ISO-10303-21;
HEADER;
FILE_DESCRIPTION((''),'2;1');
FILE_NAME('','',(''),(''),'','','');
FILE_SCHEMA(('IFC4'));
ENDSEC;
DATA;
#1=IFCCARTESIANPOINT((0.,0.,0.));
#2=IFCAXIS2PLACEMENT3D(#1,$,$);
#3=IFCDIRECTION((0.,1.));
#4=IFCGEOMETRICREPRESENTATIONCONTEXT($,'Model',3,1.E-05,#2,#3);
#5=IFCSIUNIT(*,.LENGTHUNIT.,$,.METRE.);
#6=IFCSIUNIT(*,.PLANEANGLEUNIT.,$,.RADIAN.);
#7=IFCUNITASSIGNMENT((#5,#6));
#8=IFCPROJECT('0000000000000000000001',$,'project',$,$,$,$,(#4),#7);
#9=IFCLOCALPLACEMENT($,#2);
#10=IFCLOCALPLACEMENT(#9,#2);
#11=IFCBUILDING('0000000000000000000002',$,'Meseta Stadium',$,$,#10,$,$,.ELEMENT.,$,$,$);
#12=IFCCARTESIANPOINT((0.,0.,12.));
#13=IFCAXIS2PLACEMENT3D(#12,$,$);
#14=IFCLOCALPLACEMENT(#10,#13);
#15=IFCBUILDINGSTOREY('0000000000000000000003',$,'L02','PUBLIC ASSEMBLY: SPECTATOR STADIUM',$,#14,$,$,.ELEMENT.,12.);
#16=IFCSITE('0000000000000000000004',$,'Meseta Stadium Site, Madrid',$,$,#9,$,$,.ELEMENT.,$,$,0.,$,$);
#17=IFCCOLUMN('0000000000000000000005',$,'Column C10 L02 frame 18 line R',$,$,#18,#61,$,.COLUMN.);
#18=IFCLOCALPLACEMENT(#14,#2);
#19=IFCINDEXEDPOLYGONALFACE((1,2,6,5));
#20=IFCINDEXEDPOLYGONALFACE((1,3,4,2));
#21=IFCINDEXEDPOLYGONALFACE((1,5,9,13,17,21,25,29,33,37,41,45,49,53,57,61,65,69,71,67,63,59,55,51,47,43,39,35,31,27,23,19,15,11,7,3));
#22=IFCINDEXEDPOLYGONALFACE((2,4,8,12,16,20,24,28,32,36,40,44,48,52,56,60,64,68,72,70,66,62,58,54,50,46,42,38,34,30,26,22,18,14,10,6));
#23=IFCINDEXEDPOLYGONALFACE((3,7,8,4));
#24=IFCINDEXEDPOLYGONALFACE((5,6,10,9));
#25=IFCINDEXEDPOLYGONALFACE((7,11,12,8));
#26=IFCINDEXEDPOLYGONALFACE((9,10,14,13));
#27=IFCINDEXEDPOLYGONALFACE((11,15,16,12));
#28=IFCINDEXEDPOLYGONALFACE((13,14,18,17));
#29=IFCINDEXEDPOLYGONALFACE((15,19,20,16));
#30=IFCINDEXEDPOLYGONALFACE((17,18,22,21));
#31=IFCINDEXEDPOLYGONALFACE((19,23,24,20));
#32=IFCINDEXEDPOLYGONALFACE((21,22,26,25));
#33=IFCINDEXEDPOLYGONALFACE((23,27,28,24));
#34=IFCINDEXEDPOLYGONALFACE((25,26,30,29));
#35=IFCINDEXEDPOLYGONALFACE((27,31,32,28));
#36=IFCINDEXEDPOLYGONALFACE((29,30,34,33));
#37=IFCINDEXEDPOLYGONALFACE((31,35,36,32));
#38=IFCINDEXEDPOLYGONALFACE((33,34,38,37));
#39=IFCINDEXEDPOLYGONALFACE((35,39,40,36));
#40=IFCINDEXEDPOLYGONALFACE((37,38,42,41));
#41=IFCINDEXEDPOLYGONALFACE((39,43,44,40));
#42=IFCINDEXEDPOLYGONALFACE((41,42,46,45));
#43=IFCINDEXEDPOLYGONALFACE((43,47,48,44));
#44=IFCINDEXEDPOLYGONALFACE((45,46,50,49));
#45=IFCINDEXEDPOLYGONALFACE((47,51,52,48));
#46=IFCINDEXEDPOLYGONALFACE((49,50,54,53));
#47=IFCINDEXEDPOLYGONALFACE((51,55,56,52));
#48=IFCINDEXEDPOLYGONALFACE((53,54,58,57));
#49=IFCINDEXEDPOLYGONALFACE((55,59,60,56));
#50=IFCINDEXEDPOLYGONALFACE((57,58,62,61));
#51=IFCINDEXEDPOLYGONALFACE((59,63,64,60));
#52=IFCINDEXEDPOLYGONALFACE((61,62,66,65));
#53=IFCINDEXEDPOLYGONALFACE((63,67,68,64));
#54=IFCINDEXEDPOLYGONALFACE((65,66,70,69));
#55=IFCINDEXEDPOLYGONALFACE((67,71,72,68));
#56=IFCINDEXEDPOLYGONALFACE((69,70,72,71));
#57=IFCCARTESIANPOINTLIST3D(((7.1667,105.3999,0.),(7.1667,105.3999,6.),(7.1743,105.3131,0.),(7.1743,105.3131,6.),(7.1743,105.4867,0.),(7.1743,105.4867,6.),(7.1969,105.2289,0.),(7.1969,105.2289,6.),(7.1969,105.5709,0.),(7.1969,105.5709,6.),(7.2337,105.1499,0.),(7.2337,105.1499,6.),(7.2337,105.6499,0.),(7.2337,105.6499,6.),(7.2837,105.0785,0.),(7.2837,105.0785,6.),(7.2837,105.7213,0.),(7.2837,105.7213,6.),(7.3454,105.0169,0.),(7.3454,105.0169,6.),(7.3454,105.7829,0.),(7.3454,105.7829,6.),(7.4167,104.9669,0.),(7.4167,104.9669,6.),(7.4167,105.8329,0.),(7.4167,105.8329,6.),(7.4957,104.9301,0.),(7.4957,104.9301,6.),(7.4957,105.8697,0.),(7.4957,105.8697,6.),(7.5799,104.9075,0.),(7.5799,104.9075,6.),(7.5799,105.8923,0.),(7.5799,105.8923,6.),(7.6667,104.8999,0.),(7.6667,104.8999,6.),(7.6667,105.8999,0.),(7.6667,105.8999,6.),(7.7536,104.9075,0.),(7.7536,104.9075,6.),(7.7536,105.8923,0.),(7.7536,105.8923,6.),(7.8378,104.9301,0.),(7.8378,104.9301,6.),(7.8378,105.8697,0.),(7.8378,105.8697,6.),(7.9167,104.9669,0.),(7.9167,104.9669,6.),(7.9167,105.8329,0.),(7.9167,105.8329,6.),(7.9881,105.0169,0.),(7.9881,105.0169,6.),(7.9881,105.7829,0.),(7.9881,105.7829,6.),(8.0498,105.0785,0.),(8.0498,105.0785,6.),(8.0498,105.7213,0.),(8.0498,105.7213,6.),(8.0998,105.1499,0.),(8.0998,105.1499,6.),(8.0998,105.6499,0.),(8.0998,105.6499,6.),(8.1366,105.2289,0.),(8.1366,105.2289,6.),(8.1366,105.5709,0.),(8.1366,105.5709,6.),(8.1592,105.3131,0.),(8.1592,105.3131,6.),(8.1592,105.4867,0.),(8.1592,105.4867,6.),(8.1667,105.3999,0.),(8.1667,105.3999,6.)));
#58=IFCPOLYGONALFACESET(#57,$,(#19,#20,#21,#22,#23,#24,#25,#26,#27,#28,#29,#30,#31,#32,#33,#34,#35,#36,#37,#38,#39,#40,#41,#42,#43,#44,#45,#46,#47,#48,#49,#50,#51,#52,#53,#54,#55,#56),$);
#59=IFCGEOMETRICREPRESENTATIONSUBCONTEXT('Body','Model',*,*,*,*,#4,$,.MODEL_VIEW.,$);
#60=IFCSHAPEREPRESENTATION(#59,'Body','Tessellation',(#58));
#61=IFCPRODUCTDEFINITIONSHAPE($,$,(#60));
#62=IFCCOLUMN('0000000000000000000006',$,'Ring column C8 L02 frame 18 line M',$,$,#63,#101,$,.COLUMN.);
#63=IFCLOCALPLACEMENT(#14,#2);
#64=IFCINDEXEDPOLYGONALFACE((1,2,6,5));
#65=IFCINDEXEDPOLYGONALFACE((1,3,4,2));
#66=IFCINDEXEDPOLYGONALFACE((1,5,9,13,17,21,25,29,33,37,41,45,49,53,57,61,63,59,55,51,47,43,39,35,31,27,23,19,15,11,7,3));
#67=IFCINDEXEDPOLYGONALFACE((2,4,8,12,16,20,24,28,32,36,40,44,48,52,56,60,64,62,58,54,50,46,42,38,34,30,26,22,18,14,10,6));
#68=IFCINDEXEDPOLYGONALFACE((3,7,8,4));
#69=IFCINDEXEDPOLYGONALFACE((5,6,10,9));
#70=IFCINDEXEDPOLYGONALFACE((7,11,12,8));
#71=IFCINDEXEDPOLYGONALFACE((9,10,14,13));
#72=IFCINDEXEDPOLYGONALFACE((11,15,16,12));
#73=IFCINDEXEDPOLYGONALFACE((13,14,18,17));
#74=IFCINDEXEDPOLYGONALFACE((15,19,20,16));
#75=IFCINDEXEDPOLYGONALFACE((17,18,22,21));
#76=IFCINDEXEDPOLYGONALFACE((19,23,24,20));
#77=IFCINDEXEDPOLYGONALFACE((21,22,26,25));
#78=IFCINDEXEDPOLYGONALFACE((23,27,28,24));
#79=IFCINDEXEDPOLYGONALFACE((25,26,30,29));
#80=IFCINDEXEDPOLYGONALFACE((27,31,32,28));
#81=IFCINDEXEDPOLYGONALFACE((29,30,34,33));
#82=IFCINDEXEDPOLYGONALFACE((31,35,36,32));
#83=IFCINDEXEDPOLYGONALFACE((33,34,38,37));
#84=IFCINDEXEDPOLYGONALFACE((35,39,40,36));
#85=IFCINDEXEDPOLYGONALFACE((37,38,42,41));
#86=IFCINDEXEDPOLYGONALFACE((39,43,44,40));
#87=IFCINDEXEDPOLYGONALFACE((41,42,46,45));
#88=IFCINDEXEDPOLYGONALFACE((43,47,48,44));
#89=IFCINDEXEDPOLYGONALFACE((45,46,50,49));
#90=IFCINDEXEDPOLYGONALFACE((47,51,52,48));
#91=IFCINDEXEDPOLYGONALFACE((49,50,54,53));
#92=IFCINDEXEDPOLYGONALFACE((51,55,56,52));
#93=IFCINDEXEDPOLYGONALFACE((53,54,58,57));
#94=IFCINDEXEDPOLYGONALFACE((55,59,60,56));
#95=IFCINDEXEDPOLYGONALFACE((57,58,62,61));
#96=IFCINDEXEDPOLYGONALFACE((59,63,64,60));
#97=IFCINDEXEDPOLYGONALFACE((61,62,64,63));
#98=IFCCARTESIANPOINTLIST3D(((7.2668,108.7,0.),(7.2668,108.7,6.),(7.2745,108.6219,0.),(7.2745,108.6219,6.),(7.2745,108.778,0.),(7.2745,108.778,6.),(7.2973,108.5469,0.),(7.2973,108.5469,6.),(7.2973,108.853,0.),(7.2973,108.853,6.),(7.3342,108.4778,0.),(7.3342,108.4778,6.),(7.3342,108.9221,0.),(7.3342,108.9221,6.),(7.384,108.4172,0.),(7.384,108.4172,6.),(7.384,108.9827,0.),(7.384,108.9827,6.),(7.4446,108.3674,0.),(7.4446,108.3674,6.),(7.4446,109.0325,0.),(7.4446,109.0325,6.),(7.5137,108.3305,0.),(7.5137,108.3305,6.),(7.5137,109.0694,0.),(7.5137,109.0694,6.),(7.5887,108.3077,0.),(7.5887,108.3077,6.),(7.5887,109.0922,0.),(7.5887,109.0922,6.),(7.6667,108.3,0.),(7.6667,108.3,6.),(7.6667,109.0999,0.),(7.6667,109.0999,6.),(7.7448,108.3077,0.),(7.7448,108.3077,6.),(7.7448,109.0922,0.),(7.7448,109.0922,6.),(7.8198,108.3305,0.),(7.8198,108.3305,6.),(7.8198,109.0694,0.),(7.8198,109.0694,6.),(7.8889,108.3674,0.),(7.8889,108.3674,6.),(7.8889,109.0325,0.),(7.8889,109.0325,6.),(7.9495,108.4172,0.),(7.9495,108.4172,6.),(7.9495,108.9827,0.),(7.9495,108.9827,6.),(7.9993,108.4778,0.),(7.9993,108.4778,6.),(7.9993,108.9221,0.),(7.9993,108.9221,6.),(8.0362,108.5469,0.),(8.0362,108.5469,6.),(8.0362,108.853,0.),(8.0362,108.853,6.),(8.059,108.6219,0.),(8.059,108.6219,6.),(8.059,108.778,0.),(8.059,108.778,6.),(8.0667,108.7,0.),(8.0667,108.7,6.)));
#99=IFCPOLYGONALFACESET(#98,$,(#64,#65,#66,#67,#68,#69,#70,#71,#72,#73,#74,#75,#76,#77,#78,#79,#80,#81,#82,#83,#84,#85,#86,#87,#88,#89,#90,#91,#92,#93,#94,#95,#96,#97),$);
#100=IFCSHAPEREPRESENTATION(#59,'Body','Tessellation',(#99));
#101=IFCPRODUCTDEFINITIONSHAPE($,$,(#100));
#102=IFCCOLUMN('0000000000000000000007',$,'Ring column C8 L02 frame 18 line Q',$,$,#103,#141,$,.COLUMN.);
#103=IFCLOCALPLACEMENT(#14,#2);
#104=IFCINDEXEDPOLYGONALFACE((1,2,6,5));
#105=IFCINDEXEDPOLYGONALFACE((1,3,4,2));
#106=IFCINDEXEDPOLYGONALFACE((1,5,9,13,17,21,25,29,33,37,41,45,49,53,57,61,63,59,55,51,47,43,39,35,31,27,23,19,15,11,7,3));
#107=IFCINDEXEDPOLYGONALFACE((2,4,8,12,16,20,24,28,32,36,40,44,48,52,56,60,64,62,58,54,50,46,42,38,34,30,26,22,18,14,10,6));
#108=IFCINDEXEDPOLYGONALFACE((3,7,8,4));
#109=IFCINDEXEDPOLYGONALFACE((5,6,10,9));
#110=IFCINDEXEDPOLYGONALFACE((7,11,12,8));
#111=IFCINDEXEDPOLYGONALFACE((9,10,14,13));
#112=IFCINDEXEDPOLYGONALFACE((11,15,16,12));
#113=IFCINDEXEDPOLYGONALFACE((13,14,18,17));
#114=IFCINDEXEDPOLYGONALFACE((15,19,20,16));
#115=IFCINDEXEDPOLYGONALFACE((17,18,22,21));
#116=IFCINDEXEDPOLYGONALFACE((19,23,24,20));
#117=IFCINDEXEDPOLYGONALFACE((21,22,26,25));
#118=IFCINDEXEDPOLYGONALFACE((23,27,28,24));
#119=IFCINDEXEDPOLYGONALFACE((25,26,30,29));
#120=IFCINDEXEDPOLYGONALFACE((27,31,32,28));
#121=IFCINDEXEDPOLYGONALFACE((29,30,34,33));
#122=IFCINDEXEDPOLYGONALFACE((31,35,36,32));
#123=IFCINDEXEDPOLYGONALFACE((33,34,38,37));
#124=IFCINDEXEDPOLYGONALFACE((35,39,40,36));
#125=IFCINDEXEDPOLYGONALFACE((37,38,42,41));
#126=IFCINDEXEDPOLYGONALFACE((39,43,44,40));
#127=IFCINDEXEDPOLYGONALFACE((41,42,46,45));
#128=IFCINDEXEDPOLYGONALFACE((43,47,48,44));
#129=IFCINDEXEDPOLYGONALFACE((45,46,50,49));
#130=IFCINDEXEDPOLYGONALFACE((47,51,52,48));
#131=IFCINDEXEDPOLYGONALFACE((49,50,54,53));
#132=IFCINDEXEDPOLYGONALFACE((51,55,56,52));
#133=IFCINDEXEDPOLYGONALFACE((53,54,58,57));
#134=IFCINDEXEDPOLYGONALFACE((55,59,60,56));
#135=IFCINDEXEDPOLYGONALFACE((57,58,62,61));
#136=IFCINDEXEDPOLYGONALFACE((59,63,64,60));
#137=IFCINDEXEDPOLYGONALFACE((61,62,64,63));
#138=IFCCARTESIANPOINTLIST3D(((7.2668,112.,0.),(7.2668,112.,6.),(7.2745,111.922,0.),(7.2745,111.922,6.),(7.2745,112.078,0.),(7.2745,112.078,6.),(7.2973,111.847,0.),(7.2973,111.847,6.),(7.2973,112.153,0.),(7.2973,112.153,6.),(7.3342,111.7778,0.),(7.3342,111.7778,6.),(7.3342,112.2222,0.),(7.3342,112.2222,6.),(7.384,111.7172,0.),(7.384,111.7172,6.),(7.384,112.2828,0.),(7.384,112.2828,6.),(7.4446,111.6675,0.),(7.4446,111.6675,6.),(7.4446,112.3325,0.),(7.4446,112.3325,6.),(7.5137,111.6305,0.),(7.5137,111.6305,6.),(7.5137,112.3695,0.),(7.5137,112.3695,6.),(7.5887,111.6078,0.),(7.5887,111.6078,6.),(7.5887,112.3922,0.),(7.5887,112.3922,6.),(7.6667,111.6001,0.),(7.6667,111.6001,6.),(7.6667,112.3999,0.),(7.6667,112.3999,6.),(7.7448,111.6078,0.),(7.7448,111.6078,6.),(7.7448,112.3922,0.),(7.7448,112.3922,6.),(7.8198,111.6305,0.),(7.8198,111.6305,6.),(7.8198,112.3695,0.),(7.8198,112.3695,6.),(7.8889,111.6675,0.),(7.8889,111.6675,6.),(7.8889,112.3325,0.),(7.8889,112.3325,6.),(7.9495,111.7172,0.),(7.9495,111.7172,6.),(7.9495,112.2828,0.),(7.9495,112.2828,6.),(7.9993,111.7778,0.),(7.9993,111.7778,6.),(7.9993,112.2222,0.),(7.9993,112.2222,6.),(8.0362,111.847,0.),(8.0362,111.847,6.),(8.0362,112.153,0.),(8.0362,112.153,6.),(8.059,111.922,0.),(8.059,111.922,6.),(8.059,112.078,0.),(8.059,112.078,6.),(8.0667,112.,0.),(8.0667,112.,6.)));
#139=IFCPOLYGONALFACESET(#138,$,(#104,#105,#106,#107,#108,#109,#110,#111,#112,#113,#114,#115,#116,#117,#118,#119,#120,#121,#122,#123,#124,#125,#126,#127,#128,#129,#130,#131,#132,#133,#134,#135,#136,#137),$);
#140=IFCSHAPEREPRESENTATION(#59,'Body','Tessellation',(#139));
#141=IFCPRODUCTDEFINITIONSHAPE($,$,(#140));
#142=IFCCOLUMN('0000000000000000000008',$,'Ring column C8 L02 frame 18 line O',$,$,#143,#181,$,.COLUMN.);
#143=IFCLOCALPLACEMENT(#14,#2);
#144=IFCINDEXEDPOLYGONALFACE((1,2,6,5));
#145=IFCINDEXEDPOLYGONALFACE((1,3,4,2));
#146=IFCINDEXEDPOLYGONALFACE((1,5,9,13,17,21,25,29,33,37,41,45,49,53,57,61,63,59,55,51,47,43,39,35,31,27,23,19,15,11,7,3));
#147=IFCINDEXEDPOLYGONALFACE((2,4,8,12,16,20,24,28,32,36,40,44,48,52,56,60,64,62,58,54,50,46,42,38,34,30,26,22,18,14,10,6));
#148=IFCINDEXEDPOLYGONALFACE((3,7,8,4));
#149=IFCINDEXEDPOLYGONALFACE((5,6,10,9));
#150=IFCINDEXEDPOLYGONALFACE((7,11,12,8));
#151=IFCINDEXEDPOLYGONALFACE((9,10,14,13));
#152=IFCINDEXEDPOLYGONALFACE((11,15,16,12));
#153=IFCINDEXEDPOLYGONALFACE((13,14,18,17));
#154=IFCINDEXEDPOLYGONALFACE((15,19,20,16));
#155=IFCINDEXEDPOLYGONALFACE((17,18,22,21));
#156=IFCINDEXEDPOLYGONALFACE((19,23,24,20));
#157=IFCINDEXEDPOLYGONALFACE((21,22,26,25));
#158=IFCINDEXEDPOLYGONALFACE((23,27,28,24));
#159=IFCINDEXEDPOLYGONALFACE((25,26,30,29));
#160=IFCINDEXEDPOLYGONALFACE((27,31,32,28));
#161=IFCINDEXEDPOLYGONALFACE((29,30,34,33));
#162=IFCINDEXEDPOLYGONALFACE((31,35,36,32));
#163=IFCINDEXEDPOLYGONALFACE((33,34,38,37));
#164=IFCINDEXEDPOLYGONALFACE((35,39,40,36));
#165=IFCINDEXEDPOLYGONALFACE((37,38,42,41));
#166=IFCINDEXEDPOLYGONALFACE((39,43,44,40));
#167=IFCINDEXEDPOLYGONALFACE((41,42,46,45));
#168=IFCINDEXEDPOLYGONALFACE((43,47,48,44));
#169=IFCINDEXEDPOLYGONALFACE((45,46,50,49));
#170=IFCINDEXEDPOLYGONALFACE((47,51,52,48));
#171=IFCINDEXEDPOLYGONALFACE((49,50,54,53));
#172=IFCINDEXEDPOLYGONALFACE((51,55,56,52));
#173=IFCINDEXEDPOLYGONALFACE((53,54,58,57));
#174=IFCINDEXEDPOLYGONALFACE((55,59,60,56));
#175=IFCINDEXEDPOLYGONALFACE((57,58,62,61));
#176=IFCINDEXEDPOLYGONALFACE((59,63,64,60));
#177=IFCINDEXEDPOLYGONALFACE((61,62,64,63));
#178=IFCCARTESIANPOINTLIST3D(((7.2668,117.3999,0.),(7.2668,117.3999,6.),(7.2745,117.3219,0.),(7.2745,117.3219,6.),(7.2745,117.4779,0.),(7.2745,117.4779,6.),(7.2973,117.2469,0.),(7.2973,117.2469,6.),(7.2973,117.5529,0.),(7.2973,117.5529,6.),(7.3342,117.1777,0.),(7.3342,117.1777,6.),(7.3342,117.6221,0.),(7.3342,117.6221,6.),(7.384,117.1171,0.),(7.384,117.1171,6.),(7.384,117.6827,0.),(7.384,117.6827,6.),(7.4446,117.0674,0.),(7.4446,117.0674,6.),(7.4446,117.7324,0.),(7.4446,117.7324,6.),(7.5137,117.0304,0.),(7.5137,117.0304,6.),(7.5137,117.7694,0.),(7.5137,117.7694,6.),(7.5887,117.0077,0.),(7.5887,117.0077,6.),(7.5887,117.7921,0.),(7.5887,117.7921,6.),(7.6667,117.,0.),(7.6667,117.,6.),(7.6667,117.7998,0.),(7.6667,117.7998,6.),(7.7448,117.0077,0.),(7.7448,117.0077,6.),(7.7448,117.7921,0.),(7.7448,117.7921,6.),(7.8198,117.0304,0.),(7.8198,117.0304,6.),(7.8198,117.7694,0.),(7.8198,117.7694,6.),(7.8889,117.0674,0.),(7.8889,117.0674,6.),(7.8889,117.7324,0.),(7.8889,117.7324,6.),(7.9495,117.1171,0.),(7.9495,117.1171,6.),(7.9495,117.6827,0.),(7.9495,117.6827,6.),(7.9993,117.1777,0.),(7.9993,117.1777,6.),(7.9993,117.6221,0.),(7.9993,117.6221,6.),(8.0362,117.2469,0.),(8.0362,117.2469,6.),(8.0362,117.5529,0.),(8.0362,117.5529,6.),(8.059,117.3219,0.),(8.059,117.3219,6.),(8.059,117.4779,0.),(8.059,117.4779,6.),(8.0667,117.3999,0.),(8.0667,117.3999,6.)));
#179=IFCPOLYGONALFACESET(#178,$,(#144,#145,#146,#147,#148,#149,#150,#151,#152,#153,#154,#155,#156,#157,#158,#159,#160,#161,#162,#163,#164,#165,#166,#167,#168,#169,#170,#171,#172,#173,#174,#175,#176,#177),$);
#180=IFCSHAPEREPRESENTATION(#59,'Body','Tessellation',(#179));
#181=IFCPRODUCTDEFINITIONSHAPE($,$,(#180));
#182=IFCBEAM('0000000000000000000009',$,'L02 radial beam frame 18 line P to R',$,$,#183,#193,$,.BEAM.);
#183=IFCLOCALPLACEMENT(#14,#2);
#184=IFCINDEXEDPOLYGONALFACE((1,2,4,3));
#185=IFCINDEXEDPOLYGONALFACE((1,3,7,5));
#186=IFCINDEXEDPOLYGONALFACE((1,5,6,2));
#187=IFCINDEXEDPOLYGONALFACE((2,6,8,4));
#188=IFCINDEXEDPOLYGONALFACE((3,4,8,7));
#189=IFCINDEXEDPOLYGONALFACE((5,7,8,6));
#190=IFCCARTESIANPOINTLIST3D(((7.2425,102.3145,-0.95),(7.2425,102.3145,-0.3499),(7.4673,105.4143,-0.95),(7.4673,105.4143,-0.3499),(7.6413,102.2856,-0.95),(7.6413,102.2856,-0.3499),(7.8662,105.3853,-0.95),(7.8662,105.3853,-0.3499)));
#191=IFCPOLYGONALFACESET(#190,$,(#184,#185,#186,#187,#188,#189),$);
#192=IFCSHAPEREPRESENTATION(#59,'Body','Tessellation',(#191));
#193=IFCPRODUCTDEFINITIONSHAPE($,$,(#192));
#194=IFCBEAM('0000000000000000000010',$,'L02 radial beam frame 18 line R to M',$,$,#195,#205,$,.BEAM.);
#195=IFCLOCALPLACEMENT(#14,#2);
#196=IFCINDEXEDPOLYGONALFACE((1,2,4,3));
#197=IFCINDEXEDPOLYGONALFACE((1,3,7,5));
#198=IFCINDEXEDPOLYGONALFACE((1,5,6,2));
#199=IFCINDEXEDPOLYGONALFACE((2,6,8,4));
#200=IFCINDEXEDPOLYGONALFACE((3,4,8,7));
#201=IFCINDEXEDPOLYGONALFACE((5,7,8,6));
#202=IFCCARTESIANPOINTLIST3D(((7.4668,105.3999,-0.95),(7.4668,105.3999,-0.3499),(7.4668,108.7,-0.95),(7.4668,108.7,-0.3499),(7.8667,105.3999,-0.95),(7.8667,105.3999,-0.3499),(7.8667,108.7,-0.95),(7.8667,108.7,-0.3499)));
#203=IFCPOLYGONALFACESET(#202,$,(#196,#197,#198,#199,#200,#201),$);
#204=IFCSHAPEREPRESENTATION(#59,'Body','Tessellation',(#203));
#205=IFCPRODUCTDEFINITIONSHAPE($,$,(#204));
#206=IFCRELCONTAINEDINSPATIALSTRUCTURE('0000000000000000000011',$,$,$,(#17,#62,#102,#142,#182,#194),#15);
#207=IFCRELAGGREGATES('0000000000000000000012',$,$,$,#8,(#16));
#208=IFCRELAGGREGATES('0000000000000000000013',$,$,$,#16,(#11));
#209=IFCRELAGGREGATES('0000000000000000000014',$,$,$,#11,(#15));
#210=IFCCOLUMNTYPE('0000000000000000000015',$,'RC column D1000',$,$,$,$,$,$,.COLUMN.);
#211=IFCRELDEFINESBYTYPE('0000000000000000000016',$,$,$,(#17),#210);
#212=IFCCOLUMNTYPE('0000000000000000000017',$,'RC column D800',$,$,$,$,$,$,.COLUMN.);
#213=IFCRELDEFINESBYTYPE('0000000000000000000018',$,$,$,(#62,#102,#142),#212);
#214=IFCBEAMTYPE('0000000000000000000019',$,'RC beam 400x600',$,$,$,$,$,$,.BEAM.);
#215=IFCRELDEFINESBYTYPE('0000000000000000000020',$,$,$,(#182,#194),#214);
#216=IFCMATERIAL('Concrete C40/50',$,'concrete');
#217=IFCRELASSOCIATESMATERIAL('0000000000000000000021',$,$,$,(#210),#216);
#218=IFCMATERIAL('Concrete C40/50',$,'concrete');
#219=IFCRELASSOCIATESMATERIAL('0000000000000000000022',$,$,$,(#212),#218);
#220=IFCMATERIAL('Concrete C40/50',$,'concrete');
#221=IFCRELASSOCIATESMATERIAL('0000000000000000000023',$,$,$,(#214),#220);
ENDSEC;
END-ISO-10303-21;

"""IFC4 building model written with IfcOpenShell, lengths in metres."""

from ifc_helpers import new_model, si_unit, direction, frame, origin, origin_2d, place, context, subcontext, project, spatial, rectangle, circle, extrude, material, material_profile, profile_set, type_object, element, save


model = new_model("IFC4")

# Units and contexts
model_context = context("Model", 3, precision=1e-05, world=origin(), true_north=direction((0.0, 1.0)))
body_context = subcontext(model_context, "Body", "Model", "MODEL_VIEW")
ifc_project = project(units=[si_unit("LENGTHUNIT", "METRE"), si_unit("PLANEANGLEUNIT", "RADIAN")], contexts=[model_context])

# Site, building, storey
site_placement = place(None, origin())
site = spatial("IfcSite", under=ifc_project, at=site_placement, Name="Meseta Stadium Site, Madrid", CompositionType="ELEMENT", RefElevation=0.0)
building_placement = place(site_placement, origin())
building = spatial("IfcBuilding", under=site, at=building_placement, Name="Meseta Stadium", CompositionType="ELEMENT")
storey_placement = place(building_placement, frame((0.0, 0.0, 12.0)))
storey = spatial("IfcBuildingStorey", under=building, at=storey_placement, Name="L02", Description="PUBLIC ASSEMBLY: SPECTATOR STADIUM", CompositionType="ELEMENT", Elevation=12.0)

# Columns
ifc_material_1 = material(Name="Concrete C40/50", Category="concrete")
ifc_material_profile_1 = material_profile(ifc_material_1, circle(Radius=0.5, at=origin_2d()), Name="RC D1000")
ifc_profile_set_1 = profile_set([ifc_material_profile_1], Name="Concrete C40/50")
column_type_1 = type_object("IfcColumnType", Name="RC column D1000", PredefinedType="COLUMN", material=ifc_profile_set_1)
column_placement = place(storey_placement, frame((7.6667, 105.3999, 0.0), z_axis=(0.0, 0.0, 1.0), x_axis=(1.0, 0.0, 0.0)))
element("IfcColumn", 1, at=column_placement, inside=storey, type_object=column_type_1, Name="Column C10 L02 frame 18 line R", PredefinedType="COLUMN", context=body_context, shape_type="SweptSolid", body=[
    extrude(circle(Radius=0.5, at=origin_2d()), origin(), (0.0, 0.0, 1.0), 6.0),
])
ifc_material_2 = material(Name="Concrete C40/50", Category="concrete")
ifc_material_profile_2 = material_profile(ifc_material_2, circle(Radius=0.3999, at=origin_2d()), Name="RC D800")
ifc_profile_set_2 = profile_set([ifc_material_profile_2], Name="Concrete C40/50")
column_type_2 = type_object("IfcColumnType", Name="RC column D800", PredefinedType="COLUMN", material=ifc_profile_set_2)
for number, where, z_axis, x_axis, name in (
    (2, (7.6667, 108.7, 0.0), (0.0, 0.0, 1.0), (1.0, 0.0, 0.0), "Ring column C8 L02 frame 18 line M"),
    (3, (7.6667, 112.0, 0.0), (0.0, 0.0, 1.0), (1.0, 0.0, 0.0), "Ring column C8 L02 frame 18 line Q"),
    (4, (7.6667, 117.3999, 0.0), (0.0, 0.0, 1.0), (1.0, 0.0, 0.0), "Ring column C8 L02 frame 18 line O"),
):
    element("IfcColumn", number, at=place(storey_placement, frame(where, z_axis=z_axis, x_axis=x_axis)), inside=storey, type_object=column_type_2, Name=name, PredefinedType="COLUMN", context=body_context, shape_type="SweptSolid", body=[
        extrude(circle(Radius=0.3999, at=origin_2d()), origin(), (0.0, 0.0, 1.0), 6.0),
    ])

# Beams
ifc_material_3 = material(Name="Concrete C40/50", Category="concrete")
ifc_material_profile_3 = material_profile(ifc_material_3, rectangle(XDim=0.3999, YDim=0.6001, at=origin_2d()), Name="RC 400x600")
ifc_profile_set_3 = profile_set([ifc_material_profile_3], Name="Concrete C40/50")
beam_type_1 = type_object("IfcBeamType", Name="RC beam 400x600", PredefinedType="BEAM", material=ifc_profile_set_3)
beam_1_placement = place(storey_placement, frame((7.4419, 102.3, -0.6499), z_axis=(0.072347, 0.99738, 0.0), x_axis=(-0.99738, 0.072347, 0.0)))
element("IfcBeam", 5, at=beam_1_placement, inside=storey, type_object=beam_type_1, Name="L02 radial beam frame 18 line P to R", PredefinedType="BEAM", context=body_context, shape_type="SweptSolid", body=[
    extrude(rectangle(XDim=0.3999, YDim=0.6001, at=origin_2d()), origin(), (0.0, 0.0, 1.0), 3.1079),
])
for number, where, z_axis, x_axis, name in (
    (6, (7.6667, 105.3999, -0.6499), (0.0, 1.0, 0.0), (-1.0, 0.0, 0.0), "L02 radial beam frame 18 line R to M"),
):
    element("IfcBeam", number, at=place(storey_placement, frame(where, z_axis=z_axis, x_axis=x_axis)), inside=storey, type_object=beam_type_1, Name=name, PredefinedType="BEAM", context=body_context, shape_type="SweptSolid", body=[
        extrude(rectangle(XDim=0.3999, YDim=0.6001, at=origin_2d()), origin(), (0.0, 0.0, 1.0), 3.3),
    ])

save(model, "model.ifc")
